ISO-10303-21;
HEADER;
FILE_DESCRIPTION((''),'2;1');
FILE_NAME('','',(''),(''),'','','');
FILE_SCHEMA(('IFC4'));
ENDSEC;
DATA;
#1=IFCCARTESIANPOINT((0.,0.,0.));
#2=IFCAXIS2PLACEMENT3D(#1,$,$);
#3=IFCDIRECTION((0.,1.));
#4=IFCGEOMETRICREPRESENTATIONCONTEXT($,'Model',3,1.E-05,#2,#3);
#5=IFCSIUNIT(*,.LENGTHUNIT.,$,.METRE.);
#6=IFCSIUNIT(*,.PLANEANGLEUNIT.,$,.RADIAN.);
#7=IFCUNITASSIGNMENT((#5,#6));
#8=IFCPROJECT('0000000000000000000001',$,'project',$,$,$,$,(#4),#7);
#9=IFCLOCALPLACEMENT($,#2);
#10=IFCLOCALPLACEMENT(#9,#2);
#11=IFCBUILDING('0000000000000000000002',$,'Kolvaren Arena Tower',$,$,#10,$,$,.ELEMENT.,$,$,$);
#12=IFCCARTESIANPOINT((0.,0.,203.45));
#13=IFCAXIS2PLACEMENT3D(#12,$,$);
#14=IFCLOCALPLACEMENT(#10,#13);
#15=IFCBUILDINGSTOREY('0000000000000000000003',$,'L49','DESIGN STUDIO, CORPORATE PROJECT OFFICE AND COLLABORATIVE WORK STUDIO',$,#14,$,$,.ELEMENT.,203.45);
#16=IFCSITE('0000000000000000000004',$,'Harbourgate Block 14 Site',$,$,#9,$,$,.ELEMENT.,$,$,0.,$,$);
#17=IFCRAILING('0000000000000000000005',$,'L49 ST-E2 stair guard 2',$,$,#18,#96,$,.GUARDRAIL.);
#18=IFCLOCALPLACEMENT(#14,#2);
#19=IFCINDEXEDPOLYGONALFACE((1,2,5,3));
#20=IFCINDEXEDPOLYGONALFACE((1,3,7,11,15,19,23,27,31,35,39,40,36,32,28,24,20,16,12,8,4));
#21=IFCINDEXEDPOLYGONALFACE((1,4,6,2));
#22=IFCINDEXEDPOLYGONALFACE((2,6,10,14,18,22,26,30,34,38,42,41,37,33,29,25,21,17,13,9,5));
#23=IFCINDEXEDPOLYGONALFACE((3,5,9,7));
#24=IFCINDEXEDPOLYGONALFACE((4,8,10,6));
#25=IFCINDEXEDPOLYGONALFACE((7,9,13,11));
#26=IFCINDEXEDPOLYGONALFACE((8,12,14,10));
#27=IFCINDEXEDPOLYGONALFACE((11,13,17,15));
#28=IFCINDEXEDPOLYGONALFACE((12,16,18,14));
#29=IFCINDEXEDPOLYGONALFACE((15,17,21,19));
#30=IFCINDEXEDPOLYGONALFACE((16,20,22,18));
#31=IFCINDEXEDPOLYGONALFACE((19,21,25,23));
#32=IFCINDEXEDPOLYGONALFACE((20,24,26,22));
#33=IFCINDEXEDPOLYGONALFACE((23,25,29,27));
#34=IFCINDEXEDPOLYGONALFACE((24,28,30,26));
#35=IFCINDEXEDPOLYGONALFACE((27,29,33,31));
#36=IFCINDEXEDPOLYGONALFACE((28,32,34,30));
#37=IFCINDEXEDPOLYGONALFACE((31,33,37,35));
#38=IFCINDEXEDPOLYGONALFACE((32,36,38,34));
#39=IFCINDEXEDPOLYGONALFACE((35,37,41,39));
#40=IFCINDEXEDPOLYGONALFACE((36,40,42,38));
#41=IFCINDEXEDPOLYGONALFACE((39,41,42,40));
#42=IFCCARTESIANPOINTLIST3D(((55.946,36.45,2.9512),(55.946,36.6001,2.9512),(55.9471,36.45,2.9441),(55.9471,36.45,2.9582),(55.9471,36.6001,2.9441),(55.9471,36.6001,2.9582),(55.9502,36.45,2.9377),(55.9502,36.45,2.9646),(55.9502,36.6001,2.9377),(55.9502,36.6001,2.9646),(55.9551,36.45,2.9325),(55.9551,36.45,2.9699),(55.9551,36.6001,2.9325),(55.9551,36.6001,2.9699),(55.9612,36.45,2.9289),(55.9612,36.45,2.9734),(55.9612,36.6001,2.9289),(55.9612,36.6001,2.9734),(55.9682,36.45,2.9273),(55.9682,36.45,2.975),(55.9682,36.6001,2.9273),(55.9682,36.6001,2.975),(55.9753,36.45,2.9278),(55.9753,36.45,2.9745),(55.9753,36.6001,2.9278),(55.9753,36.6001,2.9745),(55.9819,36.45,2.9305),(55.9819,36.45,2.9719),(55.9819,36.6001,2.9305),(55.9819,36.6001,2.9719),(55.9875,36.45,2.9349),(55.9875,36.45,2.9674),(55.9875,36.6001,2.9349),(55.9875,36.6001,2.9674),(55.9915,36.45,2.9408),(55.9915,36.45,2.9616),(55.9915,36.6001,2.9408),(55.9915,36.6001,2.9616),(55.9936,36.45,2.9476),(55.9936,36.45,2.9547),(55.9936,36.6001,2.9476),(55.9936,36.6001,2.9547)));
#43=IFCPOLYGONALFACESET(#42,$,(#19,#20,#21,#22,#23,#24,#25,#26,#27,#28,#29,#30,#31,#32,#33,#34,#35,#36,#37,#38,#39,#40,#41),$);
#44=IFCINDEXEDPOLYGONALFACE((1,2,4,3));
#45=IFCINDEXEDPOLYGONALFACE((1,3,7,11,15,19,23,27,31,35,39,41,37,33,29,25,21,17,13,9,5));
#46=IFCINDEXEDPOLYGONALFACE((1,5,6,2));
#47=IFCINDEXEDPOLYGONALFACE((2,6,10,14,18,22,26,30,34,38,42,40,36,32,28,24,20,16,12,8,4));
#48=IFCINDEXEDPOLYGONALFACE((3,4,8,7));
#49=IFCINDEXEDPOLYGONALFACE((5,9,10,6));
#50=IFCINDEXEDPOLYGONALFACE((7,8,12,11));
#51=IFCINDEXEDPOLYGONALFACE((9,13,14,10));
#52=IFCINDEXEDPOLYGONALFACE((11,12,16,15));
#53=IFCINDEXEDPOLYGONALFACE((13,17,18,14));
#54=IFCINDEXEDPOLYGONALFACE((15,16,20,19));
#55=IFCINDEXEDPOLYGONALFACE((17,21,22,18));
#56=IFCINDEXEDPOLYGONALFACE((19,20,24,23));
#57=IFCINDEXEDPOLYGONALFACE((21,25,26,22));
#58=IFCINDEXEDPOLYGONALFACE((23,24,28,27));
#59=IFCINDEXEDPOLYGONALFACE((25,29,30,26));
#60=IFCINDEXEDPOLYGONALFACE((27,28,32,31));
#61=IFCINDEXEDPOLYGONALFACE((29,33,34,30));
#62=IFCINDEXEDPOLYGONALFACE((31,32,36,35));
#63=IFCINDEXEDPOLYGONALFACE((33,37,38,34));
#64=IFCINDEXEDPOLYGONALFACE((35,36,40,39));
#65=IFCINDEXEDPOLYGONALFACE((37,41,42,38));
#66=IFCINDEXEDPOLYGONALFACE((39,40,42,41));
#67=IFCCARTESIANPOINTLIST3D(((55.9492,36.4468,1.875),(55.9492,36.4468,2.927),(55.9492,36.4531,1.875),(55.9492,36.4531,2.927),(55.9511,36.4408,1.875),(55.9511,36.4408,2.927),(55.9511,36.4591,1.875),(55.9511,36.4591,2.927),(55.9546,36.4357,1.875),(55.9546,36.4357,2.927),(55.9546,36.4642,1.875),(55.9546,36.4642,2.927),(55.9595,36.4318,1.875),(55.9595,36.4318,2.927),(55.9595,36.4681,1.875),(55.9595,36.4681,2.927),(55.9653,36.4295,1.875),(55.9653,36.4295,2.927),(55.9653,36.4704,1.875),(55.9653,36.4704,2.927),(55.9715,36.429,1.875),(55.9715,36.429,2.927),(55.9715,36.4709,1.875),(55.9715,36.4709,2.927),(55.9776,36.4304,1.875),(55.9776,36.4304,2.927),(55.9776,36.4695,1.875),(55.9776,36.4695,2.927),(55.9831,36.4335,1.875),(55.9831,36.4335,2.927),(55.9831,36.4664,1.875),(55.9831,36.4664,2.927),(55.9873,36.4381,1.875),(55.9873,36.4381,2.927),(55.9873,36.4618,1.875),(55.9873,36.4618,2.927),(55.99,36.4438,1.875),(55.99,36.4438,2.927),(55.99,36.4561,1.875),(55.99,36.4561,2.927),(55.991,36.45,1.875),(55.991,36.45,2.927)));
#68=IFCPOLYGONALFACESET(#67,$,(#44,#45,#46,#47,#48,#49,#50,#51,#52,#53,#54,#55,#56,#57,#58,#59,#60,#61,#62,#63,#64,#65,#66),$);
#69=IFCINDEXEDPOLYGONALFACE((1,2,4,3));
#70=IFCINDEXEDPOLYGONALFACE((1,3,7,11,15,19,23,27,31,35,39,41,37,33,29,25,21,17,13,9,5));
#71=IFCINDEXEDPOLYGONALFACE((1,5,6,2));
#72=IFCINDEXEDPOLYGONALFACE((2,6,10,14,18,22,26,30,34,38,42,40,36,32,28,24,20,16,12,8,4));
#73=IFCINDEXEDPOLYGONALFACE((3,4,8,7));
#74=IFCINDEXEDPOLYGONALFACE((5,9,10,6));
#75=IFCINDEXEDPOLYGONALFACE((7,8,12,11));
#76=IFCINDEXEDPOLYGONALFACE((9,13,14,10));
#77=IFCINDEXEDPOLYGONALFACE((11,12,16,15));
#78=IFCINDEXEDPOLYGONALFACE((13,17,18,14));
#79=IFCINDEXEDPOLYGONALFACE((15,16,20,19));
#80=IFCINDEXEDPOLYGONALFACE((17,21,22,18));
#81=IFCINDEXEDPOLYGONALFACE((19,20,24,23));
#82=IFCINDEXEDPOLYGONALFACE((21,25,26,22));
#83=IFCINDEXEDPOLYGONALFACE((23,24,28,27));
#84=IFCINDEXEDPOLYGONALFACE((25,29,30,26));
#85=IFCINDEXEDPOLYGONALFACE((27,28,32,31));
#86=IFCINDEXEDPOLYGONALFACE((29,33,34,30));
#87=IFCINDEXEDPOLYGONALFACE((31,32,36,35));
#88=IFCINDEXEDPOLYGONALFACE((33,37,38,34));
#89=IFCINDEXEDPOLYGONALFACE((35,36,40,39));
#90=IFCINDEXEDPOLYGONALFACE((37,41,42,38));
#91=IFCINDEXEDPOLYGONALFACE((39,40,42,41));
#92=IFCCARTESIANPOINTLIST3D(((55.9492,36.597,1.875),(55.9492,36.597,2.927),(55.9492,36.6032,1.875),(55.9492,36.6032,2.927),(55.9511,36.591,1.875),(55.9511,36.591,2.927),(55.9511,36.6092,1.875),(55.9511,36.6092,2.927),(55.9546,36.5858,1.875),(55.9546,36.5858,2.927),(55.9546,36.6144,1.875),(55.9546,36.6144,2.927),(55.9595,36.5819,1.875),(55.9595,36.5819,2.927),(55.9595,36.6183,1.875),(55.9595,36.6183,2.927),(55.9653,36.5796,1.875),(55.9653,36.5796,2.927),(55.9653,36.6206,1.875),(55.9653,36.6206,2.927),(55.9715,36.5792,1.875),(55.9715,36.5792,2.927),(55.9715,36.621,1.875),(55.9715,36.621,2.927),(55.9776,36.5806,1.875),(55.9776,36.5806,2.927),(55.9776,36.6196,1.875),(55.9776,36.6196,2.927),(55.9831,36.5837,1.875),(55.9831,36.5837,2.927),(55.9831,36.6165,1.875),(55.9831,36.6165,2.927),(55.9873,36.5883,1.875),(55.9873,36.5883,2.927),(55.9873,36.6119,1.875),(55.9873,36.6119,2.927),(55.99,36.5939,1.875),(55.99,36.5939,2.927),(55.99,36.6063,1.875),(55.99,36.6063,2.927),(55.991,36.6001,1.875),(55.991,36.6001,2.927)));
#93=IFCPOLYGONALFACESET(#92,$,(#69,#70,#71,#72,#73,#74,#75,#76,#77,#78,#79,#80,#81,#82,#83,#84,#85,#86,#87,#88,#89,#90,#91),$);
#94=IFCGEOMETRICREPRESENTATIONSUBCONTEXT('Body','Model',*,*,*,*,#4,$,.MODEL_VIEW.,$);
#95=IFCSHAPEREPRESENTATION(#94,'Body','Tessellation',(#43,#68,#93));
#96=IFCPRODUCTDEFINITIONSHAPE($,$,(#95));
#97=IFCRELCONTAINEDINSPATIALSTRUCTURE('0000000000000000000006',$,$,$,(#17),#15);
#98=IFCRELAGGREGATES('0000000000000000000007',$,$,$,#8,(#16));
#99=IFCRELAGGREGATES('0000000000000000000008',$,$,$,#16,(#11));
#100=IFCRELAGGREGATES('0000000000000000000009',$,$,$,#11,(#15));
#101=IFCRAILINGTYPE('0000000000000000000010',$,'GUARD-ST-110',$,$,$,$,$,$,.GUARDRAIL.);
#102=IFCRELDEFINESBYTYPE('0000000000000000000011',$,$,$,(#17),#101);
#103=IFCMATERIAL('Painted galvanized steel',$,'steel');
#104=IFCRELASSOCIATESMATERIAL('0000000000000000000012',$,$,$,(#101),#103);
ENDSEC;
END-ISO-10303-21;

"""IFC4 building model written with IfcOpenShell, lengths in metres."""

from ifc_helpers import new_model, si_unit, direction, frame, origin, origin_2d, place, context, subcontext, project, spatial, circle, extrude, material, type_object, element, save


model = new_model("IFC4")

# Units and contexts
model_context = context("Model", 3, precision=1e-05, world=origin(), true_north=direction((0.0, 1.0)))
body_context = subcontext(model_context, "Body", "Model", "MODEL_VIEW")
ifc_project = project(units=[si_unit("LENGTHUNIT", "METRE"), si_unit("PLANEANGLEUNIT", "RADIAN")], contexts=[model_context])

# Site, building, storey
site_placement = place(None, origin())
site = spatial("IfcSite", under=ifc_project, at=site_placement, Name="Harbourgate Block 14 Site", CompositionType="ELEMENT", RefElevation=0.0)
building_placement = place(site_placement, origin())
building = spatial("IfcBuilding", under=site, at=building_placement, Name="Kolvaren Arena Tower", CompositionType="ELEMENT")
storey_placement = place(building_placement, frame((0.0, 0.0, 203.45)))
storey = spatial("IfcBuildingStorey", under=building, at=storey_placement, Name="L49", Description="DESIGN STUDIO, CORPORATE PROJECT OFFICE AND COLLABORATIVE WORK STUDIO", CompositionType="ELEMENT", Elevation=203.45)

# Railing
ifc_material_1 = material(Name="Painted galvanized steel", Category="steel")
railing_type_1 = type_object("IfcRailingType", Name="GUARD-ST-110", PredefinedType="GUARDRAIL", material=ifc_material_1)
railing_1_placement = place(storey_placement, frame((55.97, 36.45, 1.875)))
element("IfcRailing", 1, at=railing_1_placement, inside=storey, type_object=railing_type_1, Name="L49 ST-E2 stair guard 2", PredefinedType="GUARDRAIL", context=body_context, shape_type="SweptSolid", body=[
    extrude(circle(Radius=0.0239, at=origin_2d()), frame((0.0, 0.0, 1.0762), z_axis=(0.0, 1.0, 0.0), x_axis=(-1.0, 0.0, 0.0)), (0.0, 0.0, 1.0), 0.1501),
    extrude(circle(Radius=0.021, at=origin_2d()), origin(), (0.0, 0.0, 1.0), 1.052),
    extrude(circle(Radius=0.021, at=origin_2d()), frame((0.0, 0.1501, 0.0)), (0.0, 0.0, 1.0), 1.052),
])

save(model, "model.ifc")
